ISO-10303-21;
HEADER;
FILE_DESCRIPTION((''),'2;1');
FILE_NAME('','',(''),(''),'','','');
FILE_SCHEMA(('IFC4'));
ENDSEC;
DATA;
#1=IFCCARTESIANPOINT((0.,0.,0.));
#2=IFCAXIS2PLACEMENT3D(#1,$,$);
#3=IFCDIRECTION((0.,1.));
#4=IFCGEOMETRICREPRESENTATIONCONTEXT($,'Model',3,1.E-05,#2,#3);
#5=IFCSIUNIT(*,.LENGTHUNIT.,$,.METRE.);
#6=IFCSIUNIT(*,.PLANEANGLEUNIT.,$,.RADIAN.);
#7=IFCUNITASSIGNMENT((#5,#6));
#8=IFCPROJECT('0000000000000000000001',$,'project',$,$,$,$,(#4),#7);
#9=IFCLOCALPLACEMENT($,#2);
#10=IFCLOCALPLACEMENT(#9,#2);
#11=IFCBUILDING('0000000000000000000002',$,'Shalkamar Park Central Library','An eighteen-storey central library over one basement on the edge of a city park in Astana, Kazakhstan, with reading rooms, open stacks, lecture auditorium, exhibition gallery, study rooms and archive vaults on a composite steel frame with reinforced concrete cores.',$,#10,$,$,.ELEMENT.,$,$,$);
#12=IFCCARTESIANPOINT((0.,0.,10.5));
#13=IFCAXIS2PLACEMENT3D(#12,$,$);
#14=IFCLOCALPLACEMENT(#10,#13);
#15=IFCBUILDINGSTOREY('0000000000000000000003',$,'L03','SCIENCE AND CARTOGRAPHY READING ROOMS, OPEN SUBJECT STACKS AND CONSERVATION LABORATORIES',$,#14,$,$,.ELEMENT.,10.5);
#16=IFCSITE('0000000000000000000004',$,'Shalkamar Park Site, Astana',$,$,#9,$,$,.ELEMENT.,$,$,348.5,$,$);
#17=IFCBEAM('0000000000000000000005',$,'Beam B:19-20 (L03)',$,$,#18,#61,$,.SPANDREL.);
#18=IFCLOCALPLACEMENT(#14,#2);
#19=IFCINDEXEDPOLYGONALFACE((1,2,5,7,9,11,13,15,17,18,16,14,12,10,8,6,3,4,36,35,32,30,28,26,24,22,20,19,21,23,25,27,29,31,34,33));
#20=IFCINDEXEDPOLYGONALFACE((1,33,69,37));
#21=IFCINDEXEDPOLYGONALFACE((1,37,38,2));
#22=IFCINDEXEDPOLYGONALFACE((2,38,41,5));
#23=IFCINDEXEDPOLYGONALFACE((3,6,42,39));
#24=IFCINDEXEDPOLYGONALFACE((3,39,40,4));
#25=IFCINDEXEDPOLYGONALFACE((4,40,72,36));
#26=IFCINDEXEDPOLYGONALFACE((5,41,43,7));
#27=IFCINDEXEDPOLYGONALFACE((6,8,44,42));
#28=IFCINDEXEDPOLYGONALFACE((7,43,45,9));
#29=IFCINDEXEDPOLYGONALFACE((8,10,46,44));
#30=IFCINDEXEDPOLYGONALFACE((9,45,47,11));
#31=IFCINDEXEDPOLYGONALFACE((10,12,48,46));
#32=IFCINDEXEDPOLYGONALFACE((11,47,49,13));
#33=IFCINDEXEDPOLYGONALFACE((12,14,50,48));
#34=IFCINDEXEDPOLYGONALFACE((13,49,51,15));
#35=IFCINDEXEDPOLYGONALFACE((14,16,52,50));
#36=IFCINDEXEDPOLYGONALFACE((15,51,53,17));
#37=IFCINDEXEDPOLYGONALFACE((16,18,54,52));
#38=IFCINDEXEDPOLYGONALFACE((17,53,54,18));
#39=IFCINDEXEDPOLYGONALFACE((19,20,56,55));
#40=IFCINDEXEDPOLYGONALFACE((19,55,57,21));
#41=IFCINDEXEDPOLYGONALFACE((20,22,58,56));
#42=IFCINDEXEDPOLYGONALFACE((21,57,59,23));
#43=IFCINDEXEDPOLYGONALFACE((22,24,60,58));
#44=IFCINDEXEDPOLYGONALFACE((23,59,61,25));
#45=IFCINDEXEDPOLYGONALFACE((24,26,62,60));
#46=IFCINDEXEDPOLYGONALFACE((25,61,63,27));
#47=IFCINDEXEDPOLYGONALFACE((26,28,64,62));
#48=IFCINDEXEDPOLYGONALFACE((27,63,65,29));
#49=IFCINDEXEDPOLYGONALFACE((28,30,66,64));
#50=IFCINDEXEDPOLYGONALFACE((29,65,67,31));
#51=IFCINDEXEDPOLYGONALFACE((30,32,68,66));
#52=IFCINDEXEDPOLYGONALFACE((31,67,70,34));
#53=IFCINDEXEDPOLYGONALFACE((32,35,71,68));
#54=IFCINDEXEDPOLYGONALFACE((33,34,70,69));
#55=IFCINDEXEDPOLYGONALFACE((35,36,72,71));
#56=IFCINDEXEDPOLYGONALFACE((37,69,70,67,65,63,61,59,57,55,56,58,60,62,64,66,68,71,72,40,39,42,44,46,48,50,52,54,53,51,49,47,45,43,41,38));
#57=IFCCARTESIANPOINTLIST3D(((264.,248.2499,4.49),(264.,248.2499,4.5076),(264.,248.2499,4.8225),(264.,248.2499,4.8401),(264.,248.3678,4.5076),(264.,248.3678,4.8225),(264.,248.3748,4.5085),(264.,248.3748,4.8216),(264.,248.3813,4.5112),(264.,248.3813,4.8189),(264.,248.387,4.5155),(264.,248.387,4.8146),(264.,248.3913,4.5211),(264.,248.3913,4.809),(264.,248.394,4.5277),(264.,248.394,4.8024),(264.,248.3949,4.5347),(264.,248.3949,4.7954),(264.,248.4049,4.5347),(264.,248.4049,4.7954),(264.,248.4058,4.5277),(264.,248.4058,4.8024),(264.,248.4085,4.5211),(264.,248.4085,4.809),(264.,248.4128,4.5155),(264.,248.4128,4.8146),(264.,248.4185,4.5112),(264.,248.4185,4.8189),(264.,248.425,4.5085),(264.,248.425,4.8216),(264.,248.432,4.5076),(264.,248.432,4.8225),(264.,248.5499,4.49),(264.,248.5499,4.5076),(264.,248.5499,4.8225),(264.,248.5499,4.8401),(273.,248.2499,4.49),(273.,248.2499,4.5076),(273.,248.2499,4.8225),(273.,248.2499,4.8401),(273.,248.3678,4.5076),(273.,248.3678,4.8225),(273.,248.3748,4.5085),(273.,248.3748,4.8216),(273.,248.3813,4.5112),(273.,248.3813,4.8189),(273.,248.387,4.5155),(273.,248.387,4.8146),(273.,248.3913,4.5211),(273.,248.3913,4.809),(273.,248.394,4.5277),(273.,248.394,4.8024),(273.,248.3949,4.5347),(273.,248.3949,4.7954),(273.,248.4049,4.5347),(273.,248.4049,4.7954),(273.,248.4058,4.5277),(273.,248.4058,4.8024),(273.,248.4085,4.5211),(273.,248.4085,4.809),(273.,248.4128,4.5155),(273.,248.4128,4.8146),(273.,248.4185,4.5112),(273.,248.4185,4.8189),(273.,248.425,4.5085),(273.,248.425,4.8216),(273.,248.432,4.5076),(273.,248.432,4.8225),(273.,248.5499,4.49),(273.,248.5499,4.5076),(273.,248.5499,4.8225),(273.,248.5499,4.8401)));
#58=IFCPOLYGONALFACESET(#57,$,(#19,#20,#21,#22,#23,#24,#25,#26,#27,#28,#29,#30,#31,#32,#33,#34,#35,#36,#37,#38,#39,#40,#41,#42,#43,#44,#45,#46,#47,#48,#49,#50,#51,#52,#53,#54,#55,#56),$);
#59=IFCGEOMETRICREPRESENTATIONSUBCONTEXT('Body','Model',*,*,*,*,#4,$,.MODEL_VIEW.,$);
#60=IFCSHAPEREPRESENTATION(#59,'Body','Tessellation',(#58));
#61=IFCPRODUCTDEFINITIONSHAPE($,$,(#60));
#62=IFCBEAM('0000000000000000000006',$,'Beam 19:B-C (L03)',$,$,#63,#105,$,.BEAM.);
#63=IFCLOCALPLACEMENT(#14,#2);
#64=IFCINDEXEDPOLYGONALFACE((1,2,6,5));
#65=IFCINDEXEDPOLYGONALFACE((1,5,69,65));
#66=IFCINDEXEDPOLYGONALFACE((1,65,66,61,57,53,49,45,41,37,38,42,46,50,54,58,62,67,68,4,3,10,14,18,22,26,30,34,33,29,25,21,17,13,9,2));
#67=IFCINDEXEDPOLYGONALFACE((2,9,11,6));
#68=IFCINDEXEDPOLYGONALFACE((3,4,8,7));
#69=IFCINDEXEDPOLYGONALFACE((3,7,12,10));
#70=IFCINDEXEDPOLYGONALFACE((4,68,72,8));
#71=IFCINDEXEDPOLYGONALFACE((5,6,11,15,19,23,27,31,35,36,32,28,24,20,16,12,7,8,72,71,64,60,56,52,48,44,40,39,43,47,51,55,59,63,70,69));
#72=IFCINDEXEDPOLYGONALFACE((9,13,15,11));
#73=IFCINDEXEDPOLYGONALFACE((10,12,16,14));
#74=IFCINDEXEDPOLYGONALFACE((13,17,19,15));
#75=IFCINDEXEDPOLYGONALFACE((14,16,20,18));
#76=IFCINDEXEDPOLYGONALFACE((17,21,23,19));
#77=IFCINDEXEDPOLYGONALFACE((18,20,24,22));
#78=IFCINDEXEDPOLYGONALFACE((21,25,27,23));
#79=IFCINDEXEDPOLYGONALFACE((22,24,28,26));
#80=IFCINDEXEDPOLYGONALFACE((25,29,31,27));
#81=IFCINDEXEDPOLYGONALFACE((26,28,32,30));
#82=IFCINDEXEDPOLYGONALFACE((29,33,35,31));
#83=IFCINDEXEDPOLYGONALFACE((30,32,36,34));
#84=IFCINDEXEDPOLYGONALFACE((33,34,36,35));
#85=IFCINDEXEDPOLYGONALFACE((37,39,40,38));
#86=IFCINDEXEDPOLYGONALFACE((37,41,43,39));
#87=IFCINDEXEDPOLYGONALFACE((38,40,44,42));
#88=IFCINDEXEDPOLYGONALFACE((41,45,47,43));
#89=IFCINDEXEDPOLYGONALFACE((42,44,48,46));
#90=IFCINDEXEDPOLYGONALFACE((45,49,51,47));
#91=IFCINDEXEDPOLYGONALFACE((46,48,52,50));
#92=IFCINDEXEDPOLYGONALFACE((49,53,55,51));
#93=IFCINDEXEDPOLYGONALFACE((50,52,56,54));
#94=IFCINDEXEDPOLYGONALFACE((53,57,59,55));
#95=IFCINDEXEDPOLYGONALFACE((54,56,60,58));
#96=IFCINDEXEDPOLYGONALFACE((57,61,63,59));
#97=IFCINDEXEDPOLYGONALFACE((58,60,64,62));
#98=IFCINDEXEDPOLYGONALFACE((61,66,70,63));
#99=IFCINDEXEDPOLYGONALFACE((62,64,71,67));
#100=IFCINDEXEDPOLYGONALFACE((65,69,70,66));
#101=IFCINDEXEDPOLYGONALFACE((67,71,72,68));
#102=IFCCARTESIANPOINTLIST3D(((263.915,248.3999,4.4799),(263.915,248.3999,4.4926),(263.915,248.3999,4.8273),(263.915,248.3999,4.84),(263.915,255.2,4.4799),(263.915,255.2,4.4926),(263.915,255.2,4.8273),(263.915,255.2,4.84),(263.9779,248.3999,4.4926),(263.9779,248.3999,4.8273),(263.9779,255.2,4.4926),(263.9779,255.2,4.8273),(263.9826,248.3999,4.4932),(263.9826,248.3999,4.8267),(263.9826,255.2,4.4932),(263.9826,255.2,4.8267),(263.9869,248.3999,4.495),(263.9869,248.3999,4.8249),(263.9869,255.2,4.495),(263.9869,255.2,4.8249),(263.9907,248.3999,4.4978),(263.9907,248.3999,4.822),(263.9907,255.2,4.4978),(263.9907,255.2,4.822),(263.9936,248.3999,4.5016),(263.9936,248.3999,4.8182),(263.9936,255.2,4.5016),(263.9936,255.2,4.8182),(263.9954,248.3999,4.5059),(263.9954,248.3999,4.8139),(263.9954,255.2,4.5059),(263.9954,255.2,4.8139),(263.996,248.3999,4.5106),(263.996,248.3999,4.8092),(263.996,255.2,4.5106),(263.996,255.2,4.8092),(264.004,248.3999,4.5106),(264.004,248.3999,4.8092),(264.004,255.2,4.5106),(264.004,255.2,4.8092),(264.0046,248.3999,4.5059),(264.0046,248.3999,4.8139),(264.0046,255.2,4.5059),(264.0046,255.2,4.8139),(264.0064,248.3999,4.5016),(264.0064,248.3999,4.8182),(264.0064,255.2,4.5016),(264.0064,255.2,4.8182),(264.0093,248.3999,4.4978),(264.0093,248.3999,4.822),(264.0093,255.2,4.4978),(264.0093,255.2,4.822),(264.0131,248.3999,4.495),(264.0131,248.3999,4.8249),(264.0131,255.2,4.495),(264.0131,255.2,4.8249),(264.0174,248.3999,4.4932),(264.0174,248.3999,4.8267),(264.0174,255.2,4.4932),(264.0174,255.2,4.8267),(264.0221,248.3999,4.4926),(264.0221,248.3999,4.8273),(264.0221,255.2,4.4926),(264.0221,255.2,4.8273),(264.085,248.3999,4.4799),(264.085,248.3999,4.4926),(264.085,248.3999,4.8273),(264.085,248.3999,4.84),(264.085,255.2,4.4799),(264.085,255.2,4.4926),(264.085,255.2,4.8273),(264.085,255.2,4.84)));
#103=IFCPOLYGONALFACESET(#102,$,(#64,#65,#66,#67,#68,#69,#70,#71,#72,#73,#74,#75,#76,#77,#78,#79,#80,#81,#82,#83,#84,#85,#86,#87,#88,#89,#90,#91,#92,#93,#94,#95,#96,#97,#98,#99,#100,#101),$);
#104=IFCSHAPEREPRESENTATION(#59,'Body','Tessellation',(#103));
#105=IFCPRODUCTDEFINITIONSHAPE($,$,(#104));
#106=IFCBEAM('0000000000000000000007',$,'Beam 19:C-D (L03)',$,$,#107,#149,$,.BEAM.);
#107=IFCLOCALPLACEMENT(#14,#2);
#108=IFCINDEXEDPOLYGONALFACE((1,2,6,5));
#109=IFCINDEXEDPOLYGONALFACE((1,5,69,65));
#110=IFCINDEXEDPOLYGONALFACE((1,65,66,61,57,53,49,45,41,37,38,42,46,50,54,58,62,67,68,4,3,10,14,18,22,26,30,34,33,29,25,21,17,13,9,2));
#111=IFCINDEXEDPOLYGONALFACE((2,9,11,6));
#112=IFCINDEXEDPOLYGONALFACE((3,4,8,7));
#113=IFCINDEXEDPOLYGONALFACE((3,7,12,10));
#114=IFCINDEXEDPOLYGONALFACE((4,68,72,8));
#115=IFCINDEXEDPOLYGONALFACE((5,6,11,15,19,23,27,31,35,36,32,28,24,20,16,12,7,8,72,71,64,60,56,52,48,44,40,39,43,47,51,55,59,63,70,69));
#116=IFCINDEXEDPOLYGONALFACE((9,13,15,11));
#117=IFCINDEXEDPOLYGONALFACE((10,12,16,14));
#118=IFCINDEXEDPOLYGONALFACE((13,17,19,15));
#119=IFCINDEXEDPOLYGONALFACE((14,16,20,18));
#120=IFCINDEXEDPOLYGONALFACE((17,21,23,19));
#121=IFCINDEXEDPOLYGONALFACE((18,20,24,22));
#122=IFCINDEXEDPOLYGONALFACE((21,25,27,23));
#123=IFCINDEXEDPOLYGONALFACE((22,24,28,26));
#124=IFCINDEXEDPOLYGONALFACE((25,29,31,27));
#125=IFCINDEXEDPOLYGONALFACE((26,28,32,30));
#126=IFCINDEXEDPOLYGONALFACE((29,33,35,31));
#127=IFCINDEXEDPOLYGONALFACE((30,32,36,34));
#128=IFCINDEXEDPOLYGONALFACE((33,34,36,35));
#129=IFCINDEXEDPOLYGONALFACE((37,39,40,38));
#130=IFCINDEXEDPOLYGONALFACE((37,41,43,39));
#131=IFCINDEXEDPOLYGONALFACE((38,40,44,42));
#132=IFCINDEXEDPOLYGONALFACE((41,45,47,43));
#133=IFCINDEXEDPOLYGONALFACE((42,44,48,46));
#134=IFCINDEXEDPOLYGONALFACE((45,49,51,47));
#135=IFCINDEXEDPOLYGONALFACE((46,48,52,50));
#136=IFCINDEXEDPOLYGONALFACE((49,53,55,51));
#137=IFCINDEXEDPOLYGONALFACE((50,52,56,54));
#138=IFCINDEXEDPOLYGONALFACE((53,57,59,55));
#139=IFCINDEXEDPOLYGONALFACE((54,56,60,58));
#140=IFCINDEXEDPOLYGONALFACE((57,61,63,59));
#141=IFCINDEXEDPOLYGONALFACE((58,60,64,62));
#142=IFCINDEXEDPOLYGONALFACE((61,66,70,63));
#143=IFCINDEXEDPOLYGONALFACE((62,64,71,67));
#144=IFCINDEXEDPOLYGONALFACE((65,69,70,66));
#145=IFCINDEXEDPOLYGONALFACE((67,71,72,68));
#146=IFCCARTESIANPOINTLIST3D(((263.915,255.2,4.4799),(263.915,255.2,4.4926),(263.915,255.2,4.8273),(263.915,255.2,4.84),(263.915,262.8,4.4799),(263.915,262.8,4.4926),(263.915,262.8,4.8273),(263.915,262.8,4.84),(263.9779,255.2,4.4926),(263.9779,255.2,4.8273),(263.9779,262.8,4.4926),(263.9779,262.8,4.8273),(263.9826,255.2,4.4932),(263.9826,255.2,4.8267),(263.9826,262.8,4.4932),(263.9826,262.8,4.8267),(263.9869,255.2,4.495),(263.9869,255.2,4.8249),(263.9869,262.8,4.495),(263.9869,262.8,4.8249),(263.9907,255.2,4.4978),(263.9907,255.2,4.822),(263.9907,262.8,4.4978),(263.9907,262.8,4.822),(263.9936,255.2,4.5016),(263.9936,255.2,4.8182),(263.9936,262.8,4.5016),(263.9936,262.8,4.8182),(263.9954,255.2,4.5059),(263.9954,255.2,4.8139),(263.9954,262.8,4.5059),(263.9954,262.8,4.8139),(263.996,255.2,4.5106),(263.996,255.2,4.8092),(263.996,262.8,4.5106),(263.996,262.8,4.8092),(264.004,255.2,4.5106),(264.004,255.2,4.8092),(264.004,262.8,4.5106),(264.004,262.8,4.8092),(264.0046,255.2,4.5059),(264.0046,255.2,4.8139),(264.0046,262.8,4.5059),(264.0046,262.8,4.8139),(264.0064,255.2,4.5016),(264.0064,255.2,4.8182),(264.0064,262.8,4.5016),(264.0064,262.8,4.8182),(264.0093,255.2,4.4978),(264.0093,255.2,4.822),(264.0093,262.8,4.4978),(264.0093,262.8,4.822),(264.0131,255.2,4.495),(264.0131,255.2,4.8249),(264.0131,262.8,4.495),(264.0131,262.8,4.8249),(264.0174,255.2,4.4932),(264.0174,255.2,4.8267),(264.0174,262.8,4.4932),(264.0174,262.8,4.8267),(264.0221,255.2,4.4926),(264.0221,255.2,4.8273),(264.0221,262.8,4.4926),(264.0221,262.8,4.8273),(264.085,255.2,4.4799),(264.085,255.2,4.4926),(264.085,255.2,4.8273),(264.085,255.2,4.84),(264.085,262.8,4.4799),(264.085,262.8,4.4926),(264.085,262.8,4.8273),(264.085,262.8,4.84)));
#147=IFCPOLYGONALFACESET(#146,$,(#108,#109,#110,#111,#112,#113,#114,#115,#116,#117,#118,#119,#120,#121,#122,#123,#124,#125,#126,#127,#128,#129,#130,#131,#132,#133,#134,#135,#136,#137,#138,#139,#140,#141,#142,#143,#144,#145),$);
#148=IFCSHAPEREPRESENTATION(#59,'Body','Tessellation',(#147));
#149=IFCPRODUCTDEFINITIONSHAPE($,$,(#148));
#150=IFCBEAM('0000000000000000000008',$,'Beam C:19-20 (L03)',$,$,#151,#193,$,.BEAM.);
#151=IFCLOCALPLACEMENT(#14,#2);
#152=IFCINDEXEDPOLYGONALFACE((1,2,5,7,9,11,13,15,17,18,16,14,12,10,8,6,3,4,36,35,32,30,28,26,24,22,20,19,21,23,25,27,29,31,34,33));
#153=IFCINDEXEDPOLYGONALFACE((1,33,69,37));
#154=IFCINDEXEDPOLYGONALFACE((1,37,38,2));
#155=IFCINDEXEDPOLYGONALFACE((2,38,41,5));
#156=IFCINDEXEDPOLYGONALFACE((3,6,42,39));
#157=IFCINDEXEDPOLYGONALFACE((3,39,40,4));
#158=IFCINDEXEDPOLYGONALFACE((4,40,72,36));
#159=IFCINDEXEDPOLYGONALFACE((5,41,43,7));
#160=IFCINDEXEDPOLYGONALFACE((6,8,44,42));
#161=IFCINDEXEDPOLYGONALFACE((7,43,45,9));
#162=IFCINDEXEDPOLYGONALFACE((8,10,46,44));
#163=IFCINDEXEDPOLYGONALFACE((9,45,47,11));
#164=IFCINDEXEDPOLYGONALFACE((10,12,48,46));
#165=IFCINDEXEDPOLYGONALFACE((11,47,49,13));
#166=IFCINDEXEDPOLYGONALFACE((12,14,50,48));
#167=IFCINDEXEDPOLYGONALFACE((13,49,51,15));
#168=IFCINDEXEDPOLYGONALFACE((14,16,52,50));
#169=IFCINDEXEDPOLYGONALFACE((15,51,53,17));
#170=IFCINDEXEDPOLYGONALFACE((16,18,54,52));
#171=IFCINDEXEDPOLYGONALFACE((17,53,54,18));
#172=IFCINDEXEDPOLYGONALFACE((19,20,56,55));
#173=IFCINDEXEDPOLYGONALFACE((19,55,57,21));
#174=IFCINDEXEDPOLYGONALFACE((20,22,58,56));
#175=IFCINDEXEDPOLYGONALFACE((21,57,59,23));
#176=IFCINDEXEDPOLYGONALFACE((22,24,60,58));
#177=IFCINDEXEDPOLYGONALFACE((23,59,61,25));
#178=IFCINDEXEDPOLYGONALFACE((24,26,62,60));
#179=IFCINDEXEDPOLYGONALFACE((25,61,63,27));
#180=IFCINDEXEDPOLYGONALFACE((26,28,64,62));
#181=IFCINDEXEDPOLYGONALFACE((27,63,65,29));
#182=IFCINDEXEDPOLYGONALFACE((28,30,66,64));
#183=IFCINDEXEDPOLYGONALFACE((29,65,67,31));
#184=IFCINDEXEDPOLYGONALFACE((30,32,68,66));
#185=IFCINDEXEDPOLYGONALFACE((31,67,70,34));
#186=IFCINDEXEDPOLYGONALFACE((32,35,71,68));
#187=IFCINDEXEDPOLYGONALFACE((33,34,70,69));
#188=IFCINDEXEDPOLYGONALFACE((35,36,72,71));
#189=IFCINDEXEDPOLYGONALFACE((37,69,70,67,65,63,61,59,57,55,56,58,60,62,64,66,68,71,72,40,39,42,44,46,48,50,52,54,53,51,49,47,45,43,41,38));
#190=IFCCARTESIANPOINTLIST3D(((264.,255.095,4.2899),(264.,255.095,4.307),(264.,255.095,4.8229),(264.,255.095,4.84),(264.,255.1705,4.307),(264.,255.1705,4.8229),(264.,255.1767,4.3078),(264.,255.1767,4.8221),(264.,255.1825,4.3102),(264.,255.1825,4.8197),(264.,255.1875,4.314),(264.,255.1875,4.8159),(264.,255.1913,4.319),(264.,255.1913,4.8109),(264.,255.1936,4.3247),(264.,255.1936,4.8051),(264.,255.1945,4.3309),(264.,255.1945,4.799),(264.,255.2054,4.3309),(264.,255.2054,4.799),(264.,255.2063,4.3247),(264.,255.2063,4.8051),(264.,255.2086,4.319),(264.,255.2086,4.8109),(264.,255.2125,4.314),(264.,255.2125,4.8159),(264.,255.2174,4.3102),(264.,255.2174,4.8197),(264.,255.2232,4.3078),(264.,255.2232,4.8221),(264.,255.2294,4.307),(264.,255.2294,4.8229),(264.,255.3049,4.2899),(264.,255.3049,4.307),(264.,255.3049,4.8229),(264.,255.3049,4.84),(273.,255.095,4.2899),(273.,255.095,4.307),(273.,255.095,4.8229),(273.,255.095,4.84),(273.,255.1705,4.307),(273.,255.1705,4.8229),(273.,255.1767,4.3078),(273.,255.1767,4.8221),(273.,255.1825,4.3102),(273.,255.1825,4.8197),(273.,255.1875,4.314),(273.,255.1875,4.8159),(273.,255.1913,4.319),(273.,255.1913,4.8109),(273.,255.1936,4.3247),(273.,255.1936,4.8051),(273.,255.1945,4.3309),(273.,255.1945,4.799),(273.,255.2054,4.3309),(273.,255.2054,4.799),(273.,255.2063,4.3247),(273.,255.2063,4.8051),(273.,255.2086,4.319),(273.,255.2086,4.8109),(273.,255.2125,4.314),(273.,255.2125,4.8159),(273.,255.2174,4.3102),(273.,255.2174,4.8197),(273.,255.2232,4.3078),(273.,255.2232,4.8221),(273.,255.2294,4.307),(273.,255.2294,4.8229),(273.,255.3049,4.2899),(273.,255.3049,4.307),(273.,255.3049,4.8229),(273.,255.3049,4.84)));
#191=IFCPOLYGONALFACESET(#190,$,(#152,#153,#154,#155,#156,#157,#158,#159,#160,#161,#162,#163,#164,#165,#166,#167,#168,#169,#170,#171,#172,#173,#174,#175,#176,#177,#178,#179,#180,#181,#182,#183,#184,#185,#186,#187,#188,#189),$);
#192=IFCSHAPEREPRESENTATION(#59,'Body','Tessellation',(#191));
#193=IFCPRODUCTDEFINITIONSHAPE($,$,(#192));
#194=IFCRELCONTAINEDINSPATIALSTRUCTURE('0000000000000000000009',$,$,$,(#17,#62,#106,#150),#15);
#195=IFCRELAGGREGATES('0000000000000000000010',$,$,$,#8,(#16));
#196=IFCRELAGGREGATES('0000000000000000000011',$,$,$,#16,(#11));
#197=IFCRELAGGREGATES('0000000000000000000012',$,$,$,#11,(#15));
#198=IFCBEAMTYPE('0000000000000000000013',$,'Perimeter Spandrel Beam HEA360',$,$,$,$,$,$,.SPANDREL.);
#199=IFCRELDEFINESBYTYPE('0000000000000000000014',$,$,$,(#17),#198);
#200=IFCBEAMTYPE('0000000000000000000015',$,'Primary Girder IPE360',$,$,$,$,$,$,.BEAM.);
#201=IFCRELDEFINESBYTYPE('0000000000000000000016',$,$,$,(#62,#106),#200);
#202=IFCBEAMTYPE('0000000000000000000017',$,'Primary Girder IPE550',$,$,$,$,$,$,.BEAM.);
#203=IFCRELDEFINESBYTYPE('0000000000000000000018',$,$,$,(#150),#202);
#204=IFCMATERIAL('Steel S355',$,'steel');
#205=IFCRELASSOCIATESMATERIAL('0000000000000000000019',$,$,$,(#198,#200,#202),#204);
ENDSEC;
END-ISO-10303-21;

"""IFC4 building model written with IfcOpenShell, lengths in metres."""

from ifc_helpers import new_model, si_unit, direction, frame, origin, origin_2d, place, context, subcontext, project, spatial, i_section, extrude, material, material_profile, profile_set, type_object, element, save


model = new_model("IFC4")

# Units and contexts
model_context = context("Model", 3, precision=1e-05, world=origin(), true_north=direction((0.0, 1.0)))
body_context = subcontext(model_context, "Body", "Model", "MODEL_VIEW")
ifc_project = project(units=[si_unit("LENGTHUNIT", "METRE"), si_unit("PLANEANGLEUNIT", "RADIAN")], contexts=[model_context])

# Site, building, storey
site_placement = place(None, origin())
site = spatial("IfcSite", under=ifc_project, at=site_placement, Name="Shalkamar Park Site, Astana", CompositionType="ELEMENT", RefElevation=348.5)
building_placement = place(site_placement, origin())
building = spatial("IfcBuilding", under=site, at=building_placement, Name="Shalkamar Park Central Library", Description="An eighteen-storey central library over one basement on the edge of a city park in Astana, Kazakhstan, with reading rooms, open stacks, lecture auditorium, exhibition gallery, study rooms and archive vaults on a composite steel frame with reinforced concrete cores.", CompositionType="ELEMENT")
storey_placement = place(building_placement, frame((0.0, 0.0, 10.5)))
storey = spatial("IfcBuildingStorey", under=building, at=storey_placement, Name="L03", Description="SCIENCE AND CARTOGRAPHY READING ROOMS, OPEN SUBJECT STACKS AND CONSERVATION LABORATORIES", CompositionType="ELEMENT", Elevation=10.5)

# Shared definitions
ifc_material_1 = material(Name="Steel S355", Category="steel")

# Beams
ifc_material_profile_1 = material_profile(ifc_material_1, i_section(OverallWidth=0.3, OverallDepth=0.3501, WebThickness=0.01, FlangeThickness=0.0176, FilletRadius=0.0271, at=origin_2d()), Name="HEA 360")
ifc_profile_set_1 = profile_set([ifc_material_profile_1], Name="Steel S355")
beam_type_1 = type_object("IfcBeamType", Name="Perimeter Spandrel Beam HEA360", PredefinedType="SPANDREL", material=ifc_profile_set_1)
beam_1_placement = place(storey_placement, frame((264.0, 248.3999, 4.665), z_axis=(1.0, 0.0, 0.0), x_axis=(0.0, 1.0, 0.0)))
element("IfcBeam", 1, at=beam_1_placement, inside=storey, type_object=beam_type_1, Name="Beam B:19-20 (L03)", PredefinedType="SPANDREL", context=body_context, shape_type="SweptSolid", body=[
    extrude(i_section(OverallWidth=0.3, OverallDepth=0.3501, WebThickness=0.01, FlangeThickness=0.0176, FilletRadius=0.0271, at=origin_2d()), origin(), (0.0, 0.0, 1.0), 9.0),
])
ifc_material_profile_2 = material_profile(ifc_material_1, i_section(OverallWidth=0.1699, OverallDepth=0.3601, WebThickness=0.0081, FlangeThickness=0.0127, FilletRadius=0.0181, at=origin_2d()), Name="IPE 360")
ifc_profile_set_2 = profile_set([ifc_material_profile_2], Name="Steel S355")
beam_type_2 = type_object("IfcBeamType", Name="Primary Girder IPE360", PredefinedType="BEAM", material=ifc_profile_set_2)
beam_2_placement = place(storey_placement, frame((264.0, 248.3999, 4.6599), z_axis=(0.0, 1.0, 0.0), x_axis=(-1.0, 0.0, 0.0)))
element("IfcBeam", 2, at=beam_2_placement, inside=storey, type_object=beam_type_2, Name="Beam 19:B-C (L03)", PredefinedType="BEAM", context=body_context, shape_type="SweptSolid", body=[
    extrude(i_section(OverallWidth=0.1699, OverallDepth=0.3601, WebThickness=0.0081, FlangeThickness=0.0127, FilletRadius=0.0181, at=origin_2d()), origin(), (0.0, 0.0, 1.0), 6.8),
])
beam_3_placement = place(storey_placement, frame((264.0, 255.2, 4.6599), z_axis=(0.0, 1.0, 0.0), x_axis=(-1.0, 0.0, 0.0)))
element("IfcBeam", 3, at=beam_3_placement, inside=storey, type_object=beam_type_2, Name="Beam 19:C-D (L03)", PredefinedType="BEAM", context=body_context, shape_type="SweptSolid", body=[
    extrude(i_section(OverallWidth=0.1699, OverallDepth=0.3601, WebThickness=0.0081, FlangeThickness=0.0127, FilletRadius=0.0181, at=origin_2d()), origin(), (0.0, 0.0, 1.0), 7.6001),
])
ifc_material_profile_3 = material_profile(ifc_material_1, i_section(OverallWidth=0.21, OverallDepth=0.55, WebThickness=0.011, FlangeThickness=0.0171, FilletRadius=0.0239, at=origin_2d()), Name="IPE 550")
ifc_profile_set_3 = profile_set([ifc_material_profile_3], Name="Steel S355")
beam_type_3 = type_object("IfcBeamType", Name="Primary Girder IPE550", PredefinedType="BEAM", material=ifc_profile_set_3)
for number, where, z_axis, x_axis, name in (
    (4, (264.0, 255.2, 4.5649), (1.0, 0.0, 0.0), (0.0, 1.0, 0.0), "Beam C:19-20 (L03)"),
):
    element("IfcBeam", number, at=place(storey_placement, frame(where, z_axis=z_axis, x_axis=x_axis)), inside=storey, type_object=beam_type_3, Name=name, PredefinedType="BEAM", context=body_context, shape_type="SweptSolid", body=[
        extrude(i_section(OverallWidth=0.21, OverallDepth=0.55, WebThickness=0.011, FlangeThickness=0.0171, FilletRadius=0.0239, at=origin_2d()), origin(), (0.0, 0.0, 1.0), 9.0),
    ])

save(model, "model.ifc")
